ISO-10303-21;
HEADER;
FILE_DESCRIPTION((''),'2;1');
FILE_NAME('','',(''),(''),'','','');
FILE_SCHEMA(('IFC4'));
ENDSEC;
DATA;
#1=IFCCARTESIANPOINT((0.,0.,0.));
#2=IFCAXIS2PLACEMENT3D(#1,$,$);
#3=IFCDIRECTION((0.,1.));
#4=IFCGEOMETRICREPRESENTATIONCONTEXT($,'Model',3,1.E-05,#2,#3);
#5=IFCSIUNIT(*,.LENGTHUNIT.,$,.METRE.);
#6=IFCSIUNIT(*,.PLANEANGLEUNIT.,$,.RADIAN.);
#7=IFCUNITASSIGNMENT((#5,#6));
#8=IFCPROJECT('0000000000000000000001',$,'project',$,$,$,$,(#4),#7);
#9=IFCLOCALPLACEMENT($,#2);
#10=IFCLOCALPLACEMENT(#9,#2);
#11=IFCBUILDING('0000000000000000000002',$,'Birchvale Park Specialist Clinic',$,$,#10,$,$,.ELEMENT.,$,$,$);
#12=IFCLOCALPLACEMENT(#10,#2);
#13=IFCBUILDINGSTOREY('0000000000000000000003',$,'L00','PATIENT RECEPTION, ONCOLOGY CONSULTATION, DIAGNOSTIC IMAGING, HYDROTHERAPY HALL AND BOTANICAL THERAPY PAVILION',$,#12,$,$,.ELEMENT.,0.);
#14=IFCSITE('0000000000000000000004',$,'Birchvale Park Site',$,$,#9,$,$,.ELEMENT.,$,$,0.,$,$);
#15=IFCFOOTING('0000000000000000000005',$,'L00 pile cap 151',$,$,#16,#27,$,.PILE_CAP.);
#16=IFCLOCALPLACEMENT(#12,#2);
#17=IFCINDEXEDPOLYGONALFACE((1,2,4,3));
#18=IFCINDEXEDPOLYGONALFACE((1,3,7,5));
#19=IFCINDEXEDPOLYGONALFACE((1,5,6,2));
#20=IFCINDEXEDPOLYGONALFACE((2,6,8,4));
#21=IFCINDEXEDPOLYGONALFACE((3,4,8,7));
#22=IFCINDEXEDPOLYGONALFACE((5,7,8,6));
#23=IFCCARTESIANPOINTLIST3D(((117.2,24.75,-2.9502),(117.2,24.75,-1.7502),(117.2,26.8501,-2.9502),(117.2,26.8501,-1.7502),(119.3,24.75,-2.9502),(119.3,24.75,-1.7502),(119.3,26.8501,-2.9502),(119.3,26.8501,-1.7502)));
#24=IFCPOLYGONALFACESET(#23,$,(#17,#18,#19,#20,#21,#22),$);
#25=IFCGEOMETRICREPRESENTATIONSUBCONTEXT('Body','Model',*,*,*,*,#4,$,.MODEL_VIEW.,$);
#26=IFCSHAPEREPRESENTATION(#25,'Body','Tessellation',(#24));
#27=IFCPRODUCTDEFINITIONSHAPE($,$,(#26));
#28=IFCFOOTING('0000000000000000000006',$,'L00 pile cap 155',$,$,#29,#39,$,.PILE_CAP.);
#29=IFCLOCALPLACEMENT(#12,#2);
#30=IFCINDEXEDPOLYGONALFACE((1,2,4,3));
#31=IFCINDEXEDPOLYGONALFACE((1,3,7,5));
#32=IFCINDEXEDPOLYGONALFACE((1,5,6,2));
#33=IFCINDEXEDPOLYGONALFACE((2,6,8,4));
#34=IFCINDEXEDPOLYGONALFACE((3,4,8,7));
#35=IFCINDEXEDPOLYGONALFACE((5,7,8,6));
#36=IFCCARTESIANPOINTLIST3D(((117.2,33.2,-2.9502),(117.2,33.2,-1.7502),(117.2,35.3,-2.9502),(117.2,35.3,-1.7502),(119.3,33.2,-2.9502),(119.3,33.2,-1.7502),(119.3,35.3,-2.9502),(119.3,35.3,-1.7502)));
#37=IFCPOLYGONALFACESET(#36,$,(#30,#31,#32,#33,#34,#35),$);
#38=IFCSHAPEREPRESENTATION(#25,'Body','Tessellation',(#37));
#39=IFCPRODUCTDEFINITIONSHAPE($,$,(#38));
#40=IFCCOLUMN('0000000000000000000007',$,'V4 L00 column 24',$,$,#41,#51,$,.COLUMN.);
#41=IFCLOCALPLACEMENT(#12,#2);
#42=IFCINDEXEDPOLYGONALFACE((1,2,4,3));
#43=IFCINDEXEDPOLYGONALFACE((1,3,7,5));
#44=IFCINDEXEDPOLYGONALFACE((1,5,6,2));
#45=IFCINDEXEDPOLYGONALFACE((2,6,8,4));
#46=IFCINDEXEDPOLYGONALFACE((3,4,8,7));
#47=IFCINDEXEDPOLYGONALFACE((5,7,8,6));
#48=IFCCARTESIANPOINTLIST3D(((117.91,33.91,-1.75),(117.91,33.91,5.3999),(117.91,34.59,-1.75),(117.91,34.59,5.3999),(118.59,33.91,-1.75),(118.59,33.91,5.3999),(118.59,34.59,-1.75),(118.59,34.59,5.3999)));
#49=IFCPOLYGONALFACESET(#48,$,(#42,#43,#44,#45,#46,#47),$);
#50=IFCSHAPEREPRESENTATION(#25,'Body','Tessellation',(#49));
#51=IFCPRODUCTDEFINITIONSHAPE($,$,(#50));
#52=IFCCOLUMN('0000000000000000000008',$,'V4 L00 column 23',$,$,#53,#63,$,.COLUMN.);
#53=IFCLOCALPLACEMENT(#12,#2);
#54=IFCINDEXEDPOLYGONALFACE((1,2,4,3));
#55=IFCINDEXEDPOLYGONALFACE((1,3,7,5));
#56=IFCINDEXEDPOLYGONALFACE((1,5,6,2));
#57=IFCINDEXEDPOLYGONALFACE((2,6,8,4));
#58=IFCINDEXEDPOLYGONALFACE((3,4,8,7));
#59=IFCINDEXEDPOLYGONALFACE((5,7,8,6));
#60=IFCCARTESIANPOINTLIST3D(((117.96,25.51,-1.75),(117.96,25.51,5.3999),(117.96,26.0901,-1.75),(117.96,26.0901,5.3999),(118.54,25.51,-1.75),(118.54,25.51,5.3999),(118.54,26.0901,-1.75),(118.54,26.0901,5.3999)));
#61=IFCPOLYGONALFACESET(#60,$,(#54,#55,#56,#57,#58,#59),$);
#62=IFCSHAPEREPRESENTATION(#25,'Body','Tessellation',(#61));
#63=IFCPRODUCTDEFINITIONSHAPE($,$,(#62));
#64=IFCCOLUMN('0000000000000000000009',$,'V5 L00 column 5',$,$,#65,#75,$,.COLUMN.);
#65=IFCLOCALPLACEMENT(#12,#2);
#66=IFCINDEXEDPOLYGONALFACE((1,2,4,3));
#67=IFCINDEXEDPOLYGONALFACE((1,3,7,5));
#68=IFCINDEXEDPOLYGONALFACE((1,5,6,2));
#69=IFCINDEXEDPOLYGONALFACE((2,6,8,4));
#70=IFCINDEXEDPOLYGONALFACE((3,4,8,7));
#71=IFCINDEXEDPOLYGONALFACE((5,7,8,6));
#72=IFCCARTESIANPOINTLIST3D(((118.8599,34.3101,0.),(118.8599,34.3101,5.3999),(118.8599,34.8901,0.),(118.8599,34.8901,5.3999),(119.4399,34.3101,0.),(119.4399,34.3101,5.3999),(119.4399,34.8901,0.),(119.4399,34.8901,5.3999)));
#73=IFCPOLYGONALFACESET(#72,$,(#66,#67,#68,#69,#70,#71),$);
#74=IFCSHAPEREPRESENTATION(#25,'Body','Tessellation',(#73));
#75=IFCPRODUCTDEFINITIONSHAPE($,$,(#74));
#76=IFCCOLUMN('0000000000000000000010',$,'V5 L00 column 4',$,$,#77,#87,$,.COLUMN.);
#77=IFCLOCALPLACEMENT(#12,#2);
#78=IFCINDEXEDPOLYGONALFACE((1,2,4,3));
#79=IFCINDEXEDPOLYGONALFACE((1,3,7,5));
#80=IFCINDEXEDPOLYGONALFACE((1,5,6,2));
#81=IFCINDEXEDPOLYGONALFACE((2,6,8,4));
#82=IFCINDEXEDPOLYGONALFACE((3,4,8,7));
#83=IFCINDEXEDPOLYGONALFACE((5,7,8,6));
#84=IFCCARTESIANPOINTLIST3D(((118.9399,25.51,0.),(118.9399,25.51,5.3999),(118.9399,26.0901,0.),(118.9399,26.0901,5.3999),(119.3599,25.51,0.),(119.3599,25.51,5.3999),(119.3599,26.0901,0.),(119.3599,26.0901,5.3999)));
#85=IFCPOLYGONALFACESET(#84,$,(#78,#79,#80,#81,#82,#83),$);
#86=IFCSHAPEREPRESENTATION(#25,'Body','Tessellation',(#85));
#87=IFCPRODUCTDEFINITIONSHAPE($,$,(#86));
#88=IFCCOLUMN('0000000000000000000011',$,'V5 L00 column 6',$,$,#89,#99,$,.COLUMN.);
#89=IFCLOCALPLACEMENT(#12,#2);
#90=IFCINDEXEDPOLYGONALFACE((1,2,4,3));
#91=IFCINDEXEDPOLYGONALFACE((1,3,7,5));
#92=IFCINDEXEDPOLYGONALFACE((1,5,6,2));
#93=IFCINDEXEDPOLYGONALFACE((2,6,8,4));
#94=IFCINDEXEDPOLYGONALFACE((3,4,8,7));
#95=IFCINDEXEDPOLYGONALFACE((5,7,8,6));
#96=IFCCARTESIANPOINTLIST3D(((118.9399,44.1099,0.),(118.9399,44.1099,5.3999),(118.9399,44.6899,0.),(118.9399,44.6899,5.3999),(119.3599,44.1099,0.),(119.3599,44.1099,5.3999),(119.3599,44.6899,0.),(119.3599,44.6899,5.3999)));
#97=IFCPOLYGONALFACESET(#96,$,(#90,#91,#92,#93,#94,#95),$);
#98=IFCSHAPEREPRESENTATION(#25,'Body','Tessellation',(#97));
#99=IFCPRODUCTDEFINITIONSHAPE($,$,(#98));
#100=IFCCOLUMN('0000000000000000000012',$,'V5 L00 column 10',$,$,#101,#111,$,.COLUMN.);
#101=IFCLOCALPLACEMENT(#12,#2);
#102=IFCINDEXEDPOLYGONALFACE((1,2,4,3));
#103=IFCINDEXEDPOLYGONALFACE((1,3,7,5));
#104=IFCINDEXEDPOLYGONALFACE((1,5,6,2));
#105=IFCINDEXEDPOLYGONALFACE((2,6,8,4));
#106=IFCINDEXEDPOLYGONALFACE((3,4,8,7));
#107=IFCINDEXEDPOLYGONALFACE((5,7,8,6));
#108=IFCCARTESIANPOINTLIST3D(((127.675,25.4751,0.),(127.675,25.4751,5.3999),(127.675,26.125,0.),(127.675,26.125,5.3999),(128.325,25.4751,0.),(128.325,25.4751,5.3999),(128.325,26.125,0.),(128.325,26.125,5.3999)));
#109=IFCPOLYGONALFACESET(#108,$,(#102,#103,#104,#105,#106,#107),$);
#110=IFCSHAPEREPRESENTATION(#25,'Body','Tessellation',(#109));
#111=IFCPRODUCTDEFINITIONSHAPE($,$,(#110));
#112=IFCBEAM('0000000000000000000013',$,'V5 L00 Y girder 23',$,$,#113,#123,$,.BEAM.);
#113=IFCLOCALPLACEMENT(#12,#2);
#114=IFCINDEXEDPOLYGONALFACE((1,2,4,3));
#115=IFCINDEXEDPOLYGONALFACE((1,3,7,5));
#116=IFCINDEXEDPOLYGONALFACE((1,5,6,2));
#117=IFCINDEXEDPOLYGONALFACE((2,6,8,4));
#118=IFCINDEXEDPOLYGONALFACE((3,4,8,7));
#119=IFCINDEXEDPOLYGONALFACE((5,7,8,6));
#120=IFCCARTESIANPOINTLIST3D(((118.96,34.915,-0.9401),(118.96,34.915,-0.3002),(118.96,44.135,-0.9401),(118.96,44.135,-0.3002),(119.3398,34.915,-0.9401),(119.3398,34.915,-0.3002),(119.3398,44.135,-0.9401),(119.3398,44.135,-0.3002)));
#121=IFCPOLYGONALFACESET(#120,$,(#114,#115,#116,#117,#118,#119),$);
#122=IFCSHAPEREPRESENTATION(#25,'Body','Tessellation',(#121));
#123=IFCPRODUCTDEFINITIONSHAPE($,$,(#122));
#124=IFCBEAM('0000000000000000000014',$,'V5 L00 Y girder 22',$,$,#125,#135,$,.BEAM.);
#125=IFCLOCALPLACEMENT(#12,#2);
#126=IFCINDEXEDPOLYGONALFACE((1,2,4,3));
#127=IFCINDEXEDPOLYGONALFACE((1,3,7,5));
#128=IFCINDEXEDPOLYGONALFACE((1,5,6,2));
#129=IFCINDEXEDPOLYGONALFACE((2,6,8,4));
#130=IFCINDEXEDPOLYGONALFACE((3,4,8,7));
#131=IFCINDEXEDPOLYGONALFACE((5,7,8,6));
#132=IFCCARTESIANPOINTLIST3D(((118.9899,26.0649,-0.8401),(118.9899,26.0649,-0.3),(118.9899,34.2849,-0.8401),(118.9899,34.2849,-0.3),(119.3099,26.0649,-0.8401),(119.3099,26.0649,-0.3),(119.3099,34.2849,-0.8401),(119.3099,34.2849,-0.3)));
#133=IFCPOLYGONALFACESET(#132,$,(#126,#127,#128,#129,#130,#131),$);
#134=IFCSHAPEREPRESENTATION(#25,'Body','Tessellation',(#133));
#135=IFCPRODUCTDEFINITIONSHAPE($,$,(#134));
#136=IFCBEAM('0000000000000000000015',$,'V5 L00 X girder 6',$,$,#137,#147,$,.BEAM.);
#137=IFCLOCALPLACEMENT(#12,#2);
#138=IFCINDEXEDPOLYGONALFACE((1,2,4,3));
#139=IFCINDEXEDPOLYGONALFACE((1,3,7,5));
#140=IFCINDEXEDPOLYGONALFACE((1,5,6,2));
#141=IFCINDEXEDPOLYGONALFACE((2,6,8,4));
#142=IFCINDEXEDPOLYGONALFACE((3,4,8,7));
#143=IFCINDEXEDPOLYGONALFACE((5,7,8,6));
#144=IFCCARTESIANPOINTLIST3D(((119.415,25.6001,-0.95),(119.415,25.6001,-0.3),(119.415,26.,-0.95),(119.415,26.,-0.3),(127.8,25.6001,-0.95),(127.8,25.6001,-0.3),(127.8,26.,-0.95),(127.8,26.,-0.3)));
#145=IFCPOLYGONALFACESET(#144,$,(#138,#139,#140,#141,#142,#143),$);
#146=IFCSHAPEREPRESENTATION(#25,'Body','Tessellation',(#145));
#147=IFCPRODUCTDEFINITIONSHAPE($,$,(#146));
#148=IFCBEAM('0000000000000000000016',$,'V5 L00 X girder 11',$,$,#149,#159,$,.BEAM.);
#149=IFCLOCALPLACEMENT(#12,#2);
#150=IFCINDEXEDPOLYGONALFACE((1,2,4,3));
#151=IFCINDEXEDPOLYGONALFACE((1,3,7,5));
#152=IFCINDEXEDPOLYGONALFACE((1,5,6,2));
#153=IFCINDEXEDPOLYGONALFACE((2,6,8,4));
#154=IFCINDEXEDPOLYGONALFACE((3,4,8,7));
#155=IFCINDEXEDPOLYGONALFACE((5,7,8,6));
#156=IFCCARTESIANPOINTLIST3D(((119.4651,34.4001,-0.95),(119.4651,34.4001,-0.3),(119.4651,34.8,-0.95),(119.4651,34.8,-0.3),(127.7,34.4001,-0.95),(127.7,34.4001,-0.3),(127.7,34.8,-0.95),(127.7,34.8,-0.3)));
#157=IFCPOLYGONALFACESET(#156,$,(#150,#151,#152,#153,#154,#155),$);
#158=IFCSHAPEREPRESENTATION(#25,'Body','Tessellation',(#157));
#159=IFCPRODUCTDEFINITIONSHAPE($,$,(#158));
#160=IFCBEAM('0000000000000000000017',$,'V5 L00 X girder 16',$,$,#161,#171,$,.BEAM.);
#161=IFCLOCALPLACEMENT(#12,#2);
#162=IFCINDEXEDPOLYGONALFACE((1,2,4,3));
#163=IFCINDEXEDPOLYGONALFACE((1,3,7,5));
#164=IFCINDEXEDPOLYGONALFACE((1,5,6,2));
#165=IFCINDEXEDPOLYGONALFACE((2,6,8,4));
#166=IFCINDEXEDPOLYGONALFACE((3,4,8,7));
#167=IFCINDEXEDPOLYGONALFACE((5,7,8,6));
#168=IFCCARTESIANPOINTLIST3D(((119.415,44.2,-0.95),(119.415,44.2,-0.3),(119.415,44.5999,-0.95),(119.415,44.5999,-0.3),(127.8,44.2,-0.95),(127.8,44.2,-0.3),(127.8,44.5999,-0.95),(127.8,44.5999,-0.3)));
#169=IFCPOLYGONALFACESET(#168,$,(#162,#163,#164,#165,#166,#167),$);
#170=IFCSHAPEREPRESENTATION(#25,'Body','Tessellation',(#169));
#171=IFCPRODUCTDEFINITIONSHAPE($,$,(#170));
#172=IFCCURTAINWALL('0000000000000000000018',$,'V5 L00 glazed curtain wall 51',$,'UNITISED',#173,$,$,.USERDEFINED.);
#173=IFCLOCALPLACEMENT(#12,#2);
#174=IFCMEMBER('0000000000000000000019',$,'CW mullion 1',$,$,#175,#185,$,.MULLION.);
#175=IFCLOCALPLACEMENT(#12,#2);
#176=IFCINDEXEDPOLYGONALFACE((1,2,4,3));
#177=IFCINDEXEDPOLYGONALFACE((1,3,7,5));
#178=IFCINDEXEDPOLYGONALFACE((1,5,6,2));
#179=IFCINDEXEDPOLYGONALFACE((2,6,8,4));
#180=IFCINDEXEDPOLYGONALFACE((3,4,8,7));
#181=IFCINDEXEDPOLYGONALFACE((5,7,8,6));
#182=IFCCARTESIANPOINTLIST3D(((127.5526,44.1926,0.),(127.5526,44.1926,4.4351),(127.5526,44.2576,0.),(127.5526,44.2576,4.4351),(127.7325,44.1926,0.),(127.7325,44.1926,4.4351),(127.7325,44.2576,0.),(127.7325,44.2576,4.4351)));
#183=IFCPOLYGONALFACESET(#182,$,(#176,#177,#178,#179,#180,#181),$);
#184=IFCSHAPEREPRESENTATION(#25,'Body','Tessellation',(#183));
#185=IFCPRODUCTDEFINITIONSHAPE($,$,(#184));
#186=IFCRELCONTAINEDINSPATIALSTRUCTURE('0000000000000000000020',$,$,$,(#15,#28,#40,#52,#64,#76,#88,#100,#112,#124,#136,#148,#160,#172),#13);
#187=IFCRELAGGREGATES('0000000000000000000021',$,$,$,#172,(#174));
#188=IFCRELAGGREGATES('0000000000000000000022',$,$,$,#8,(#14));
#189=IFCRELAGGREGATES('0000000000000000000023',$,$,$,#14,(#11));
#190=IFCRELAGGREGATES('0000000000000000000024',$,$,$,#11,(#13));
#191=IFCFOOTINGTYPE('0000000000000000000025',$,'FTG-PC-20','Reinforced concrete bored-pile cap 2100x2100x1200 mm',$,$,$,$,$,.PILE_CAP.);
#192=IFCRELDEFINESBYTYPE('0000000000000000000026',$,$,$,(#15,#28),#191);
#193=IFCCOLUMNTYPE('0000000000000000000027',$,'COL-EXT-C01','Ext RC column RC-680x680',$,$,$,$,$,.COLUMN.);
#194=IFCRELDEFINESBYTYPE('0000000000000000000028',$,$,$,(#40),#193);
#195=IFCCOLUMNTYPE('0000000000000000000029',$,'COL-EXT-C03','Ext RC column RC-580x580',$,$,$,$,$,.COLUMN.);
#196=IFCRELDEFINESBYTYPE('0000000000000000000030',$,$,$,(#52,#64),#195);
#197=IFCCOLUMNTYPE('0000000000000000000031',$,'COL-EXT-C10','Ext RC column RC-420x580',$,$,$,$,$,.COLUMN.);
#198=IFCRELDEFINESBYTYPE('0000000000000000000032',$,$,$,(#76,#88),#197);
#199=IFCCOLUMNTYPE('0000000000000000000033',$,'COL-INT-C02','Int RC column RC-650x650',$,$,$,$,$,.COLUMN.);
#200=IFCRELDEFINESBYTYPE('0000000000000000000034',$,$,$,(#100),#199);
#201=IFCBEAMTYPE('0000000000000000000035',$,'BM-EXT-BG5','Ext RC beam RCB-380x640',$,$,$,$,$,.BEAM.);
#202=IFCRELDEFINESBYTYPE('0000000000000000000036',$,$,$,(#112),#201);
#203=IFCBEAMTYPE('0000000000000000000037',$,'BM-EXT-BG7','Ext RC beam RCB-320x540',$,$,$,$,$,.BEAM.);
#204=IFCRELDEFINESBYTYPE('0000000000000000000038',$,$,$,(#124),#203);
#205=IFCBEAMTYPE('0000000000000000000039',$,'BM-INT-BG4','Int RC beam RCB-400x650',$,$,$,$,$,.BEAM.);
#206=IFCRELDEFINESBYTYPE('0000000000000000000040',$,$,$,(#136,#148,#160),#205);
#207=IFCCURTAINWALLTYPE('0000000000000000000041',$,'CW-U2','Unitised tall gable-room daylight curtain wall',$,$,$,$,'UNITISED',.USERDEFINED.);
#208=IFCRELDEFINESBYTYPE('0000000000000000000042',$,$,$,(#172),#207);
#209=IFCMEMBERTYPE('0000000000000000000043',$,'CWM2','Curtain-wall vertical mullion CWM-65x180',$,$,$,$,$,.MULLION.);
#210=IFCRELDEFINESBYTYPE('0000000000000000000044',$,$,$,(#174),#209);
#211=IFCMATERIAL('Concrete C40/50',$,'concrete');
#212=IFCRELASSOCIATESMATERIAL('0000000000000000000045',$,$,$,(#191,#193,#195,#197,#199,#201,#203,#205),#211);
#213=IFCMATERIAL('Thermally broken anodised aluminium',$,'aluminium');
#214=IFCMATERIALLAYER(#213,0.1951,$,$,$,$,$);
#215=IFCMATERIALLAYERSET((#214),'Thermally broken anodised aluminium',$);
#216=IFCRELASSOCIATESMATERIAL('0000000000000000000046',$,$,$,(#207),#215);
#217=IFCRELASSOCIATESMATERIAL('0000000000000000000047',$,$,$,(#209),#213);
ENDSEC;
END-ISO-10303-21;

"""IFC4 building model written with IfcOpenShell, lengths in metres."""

from ifc_helpers import new_model, si_unit, direction, frame, origin, origin_2d, place, context, subcontext, project, spatial, rectangle, extrude, material, layer, layer_set, material_profile, profile_set, type_object, element, aggregate, save


model = new_model("IFC4")

# Units and contexts
model_context = context("Model", 3, precision=1e-05, world=origin(), true_north=direction((0.0, 1.0)))
body_context = subcontext(model_context, "Body", "Model", "MODEL_VIEW")
ifc_project = project(units=[si_unit("LENGTHUNIT", "METRE"), si_unit("PLANEANGLEUNIT", "RADIAN")], contexts=[model_context])

# Site, building, storey
site_placement = place(None, origin())
site = spatial("IfcSite", under=ifc_project, at=site_placement, Name="Birchvale Park Site", CompositionType="ELEMENT", RefElevation=0.0)
building_placement = place(site_placement, origin())
building = spatial("IfcBuilding", under=site, at=building_placement, Name="Birchvale Park Specialist Clinic", CompositionType="ELEMENT")
storey_placement = place(building_placement, origin())
storey = spatial("IfcBuildingStorey", under=building, at=storey_placement, Name="L00", Description="PATIENT RECEPTION, ONCOLOGY CONSULTATION, DIAGNOSTIC IMAGING, HYDROTHERAPY HALL AND BOTANICAL THERAPY PAVILION", CompositionType="ELEMENT", Elevation=0.0)

# Footings
ifc_material_1 = material(Name="Concrete C40/50", Category="concrete")
footing_type = type_object("IfcFootingType", Name="FTG-PC-20", Description="Reinforced concrete bored-pile cap 2100x2100x1200 mm", PredefinedType="PILE_CAP", material=ifc_material_1)
for number, where, z_axis, x_axis, name in (
    (1, (118.25, 25.8, -2.9502), (0.0, 0.0, 1.0), (1.0, 0.0, 0.0), "L00 pile cap 151"),
    (2, (118.25, 34.25, -2.9502), (0.0, 0.0, 1.0), (1.0, 0.0, 0.0), "L00 pile cap 155"),
):
    element("IfcFooting", number, at=place(storey_placement, frame(where, z_axis=z_axis, x_axis=x_axis)), inside=storey, type_object=footing_type, Name=name, PredefinedType="PILE_CAP", context=body_context, shape_type="SweptSolid", body=[
        extrude(rectangle(XDim=2.1001, YDim=2.1001, at=origin_2d()), origin(), (0.0, 0.0, 1.0), 1.2),
    ])

# Columns
ifc_material_profile_1 = material_profile(ifc_material_1, rectangle(XDim=0.6799, YDim=0.6799, at=origin_2d()), Name="RC-680x680")
ifc_profile_set_1 = profile_set([ifc_material_profile_1], Name="Concrete C40/50")
column_type_1 = type_object("IfcColumnType", Name="COL-EXT-C01", Description="Ext RC column RC-680x680", PredefinedType="COLUMN", material=ifc_profile_set_1)
column_1_placement = place(storey_placement, frame((118.25, 34.25, -1.75), z_axis=(0.0, 0.0, 1.0), x_axis=(1.0, 0.0, 0.0)))
element("IfcColumn", 3, at=column_1_placement, inside=storey, type_object=column_type_1, Name="V4 L00 column 24", PredefinedType="COLUMN", context=body_context, shape_type="SweptSolid", body=[
    extrude(rectangle(XDim=0.6799, YDim=0.6799, at=origin_2d()), origin(), (0.0, 0.0, 1.0), 7.1499),
])
ifc_material_profile_2 = material_profile(ifc_material_1, rectangle(XDim=0.5801, YDim=0.5801, at=origin_2d()), Name="RC-580x580")
ifc_profile_set_2 = profile_set([ifc_material_profile_2], Name="Concrete C40/50")
column_type_2 = type_object("IfcColumnType", Name="COL-EXT-C03", Description="Ext RC column RC-580x580", PredefinedType="COLUMN", material=ifc_profile_set_2)
column_2_placement = place(storey_placement, frame((118.25, 25.8, -1.75), z_axis=(0.0, 0.0, 1.0), x_axis=(1.0, 0.0, 0.0)))
element("IfcColumn", 4, at=column_2_placement, inside=storey, type_object=column_type_2, Name="V4 L00 column 23", PredefinedType="COLUMN", context=body_context, shape_type="SweptSolid", body=[
    extrude(rectangle(XDim=0.5801, YDim=0.5801, at=origin_2d()), origin(), (0.0, 0.0, 1.0), 7.1499),
])
column_3_placement = place(storey_placement, frame((119.1499, 34.6001, 0.0), z_axis=(0.0, 0.0, 1.0), x_axis=(1.0, 0.0, 0.0)))
element("IfcColumn", 5, at=column_3_placement, inside=storey, type_object=column_type_2, Name="V5 L00 column 5", PredefinedType="COLUMN", context=body_context, shape_type="SweptSolid", body=[
    extrude(rectangle(XDim=0.5801, YDim=0.5801, at=origin_2d()), origin(), (0.0, 0.0, 1.0), 5.3999),
])
ifc_material_profile_3 = material_profile(ifc_material_1, rectangle(XDim=0.4199, YDim=0.5801, at=origin_2d()), Name="RC-420x580")
ifc_profile_set_3 = profile_set([ifc_material_profile_3], Name="Concrete C40/50")
column_type_3 = type_object("IfcColumnType", Name="COL-EXT-C10", Description="Ext RC column RC-420x580", PredefinedType="COLUMN", material=ifc_profile_set_3)
for number, where, z_axis, x_axis, name in (
    (6, (119.1499, 25.8, 0.0), (0.0, 0.0, 1.0), (1.0, 0.0, 0.0), "V5 L00 column 4"),
    (7, (119.1499, 44.3999, 0.0), (0.0, 0.0, 1.0), (1.0, 0.0, 0.0), "V5 L00 column 6"),
):
    element("IfcColumn", number, at=place(storey_placement, frame(where, z_axis=z_axis, x_axis=x_axis)), inside=storey, type_object=column_type_3, Name=name, PredefinedType="COLUMN", context=body_context, shape_type="SweptSolid", body=[
        extrude(rectangle(XDim=0.4199, YDim=0.5801, at=origin_2d()), origin(), (0.0, 0.0, 1.0), 5.3999),
    ])
ifc_material_profile_4 = material_profile(ifc_material_1, rectangle(XDim=0.6499, YDim=0.6499, at=origin_2d()), Name="RC-650x650")
ifc_profile_set_4 = profile_set([ifc_material_profile_4], Name="Concrete C40/50")
column_type_4 = type_object("IfcColumnType", Name="COL-INT-C02", Description="Int RC column RC-650x650", PredefinedType="COLUMN", material=ifc_profile_set_4)
column_4_placement = place(storey_placement, frame((128.0, 25.8, 0.0), z_axis=(0.0, 0.0, 1.0), x_axis=(1.0, 0.0, 0.0)))
element("IfcColumn", 8, at=column_4_placement, inside=storey, type_object=column_type_4, Name="V5 L00 column 10", PredefinedType="COLUMN", context=body_context, shape_type="SweptSolid", body=[
    extrude(rectangle(XDim=0.6499, YDim=0.6499, at=origin_2d()), origin(), (0.0, 0.0, 1.0), 5.3999),
])

# Beams
ifc_material_profile_5 = material_profile(ifc_material_1, rectangle(XDim=0.3799, YDim=0.6399, at=origin_2d()), Name="RCB-380x640")
ifc_profile_set_5 = profile_set([ifc_material_profile_5], Name="Concrete C40/50")
beam_type_1 = type_object("IfcBeamType", Name="BM-EXT-BG5", Description="Ext RC beam RCB-380x640", PredefinedType="BEAM", material=ifc_profile_set_5)
beam_1_placement = place(storey_placement, frame((119.1499, 34.915, -0.6201), z_axis=(0.0, 1.0, 0.0), x_axis=(-1.0, 0.0, 0.0)))
element("IfcBeam", 9, at=beam_1_placement, inside=storey, type_object=beam_type_1, Name="V5 L00 Y girder 23", PredefinedType="BEAM", context=body_context, shape_type="SweptSolid", body=[
    extrude(rectangle(XDim=0.3799, YDim=0.6399, at=origin_2d()), origin(), (0.0, 0.0, 1.0), 9.22),
])
ifc_material_profile_6 = material_profile(ifc_material_1, rectangle(XDim=0.3201, YDim=0.54, at=origin_2d()), Name="RCB-320x540")
ifc_profile_set_6 = profile_set([ifc_material_profile_6], Name="Concrete C40/50")
beam_type_2 = type_object("IfcBeamType", Name="BM-EXT-BG7", Description="Ext RC beam RCB-320x540", PredefinedType="BEAM", material=ifc_profile_set_6)
beam_2_placement = place(storey_placement, frame((119.1499, 26.0649, -0.5701), z_axis=(0.0, 1.0, 0.0), x_axis=(-1.0, 0.0, 0.0)))
element("IfcBeam", 10, at=beam_2_placement, inside=storey, type_object=beam_type_2, Name="V5 L00 Y girder 22", PredefinedType="BEAM", context=body_context, shape_type="SweptSolid", body=[
    extrude(rectangle(XDim=0.3201, YDim=0.54, at=origin_2d()), origin(), (0.0, 0.0, 1.0), 8.22),
])
ifc_material_profile_7 = material_profile(ifc_material_1, rectangle(XDim=0.3999, YDim=0.6499, at=origin_2d()), Name="RCB-400x650")
ifc_profile_set_7 = profile_set([ifc_material_profile_7], Name="Concrete C40/50")
beam_type_3 = type_object("IfcBeamType", Name="BM-INT-BG4", Description="Int RC beam RCB-400x650", PredefinedType="BEAM", material=ifc_profile_set_7)
beam_3_placement = place(storey_placement, frame((119.415, 25.8, -0.625), z_axis=(1.0, 0.0, 0.0), x_axis=(0.0, 1.0, 0.0)))
element("IfcBeam", 11, at=beam_3_placement, inside=storey, type_object=beam_type_3, Name="V5 L00 X girder 6", PredefinedType="BEAM", context=body_context, shape_type="SweptSolid", body=[
    extrude(rectangle(XDim=0.3999, YDim=0.6499, at=origin_2d()), origin(), (0.0, 0.0, 1.0), 8.385),
])
beam_4_placement = place(storey_placement, frame((119.4651, 34.6001, -0.625), z_axis=(1.0, 0.0, 0.0), x_axis=(0.0, 1.0, 0.0)))
element("IfcBeam", 12, at=beam_4_placement, inside=storey, type_object=beam_type_3, Name="V5 L00 X girder 11", PredefinedType="BEAM", context=body_context, shape_type="SweptSolid", body=[
    extrude(rectangle(XDim=0.3999, YDim=0.6499, at=origin_2d()), origin(), (0.0, 0.0, 1.0), 8.2349),
])
beam_5_placement = place(storey_placement, frame((119.415, 44.3999, -0.625), z_axis=(1.0, 0.0, 0.0), x_axis=(0.0, 1.0, 0.0)))
element("IfcBeam", 13, at=beam_5_placement, inside=storey, type_object=beam_type_3, Name="V5 L00 X girder 16", PredefinedType="BEAM", context=body_context, shape_type="SweptSolid", body=[
    extrude(rectangle(XDim=0.3999, YDim=0.6499, at=origin_2d()), origin(), (0.0, 0.0, 1.0), 8.385),
])

# Curtain wall, member
ifc_material_2 = material(Name="Thermally broken anodised aluminium", Category="aluminium")
ifc_layer_1 = layer(ifc_material_2, 0.1951)
ifc_layer_set_1 = layer_set([ifc_layer_1], Name="Thermally broken anodised aluminium")
curtain_wall_type = type_object("IfcCurtainWallType", Name="CW-U2", Description="Unitised tall gable-room daylight curtain wall", ElementType="UNITISED", PredefinedType="USERDEFINED", material=ifc_layer_set_1)
curtain_wall_placement = place(storey_placement, origin())
curtain_wall = element("IfcCurtainWall", 14, at=curtain_wall_placement, inside=storey, type_object=curtain_wall_type, Name="V5 L00 glazed curtain wall 51", ObjectType="UNITISED", PredefinedType="USERDEFINED")
ifc_material_profile_8 = material_profile(ifc_material_2, rectangle(XDim=0.0649, YDim=0.1799, at=origin_2d()), Name="CWM-65x180")
ifc_profile_set_8 = profile_set([ifc_material_profile_8], Name="Thermally broken anodised aluminium")
member_type_1 = type_object("IfcMemberType", Name="CWM2", Description="Curtain-wall vertical mullion CWM-65x180", PredefinedType="MULLION", material=ifc_profile_set_8)
member_1_placement = place(storey_placement, frame((127.6426, 44.2251, 0.0), z_axis=(0.0, 0.0, 1.0), x_axis=(0.0, -1.0, 0.0)))
member_1 = element("IfcMember", 15, at=member_1_placement, type_object=member_type_1, Name="CW mullion 1", PredefinedType="MULLION", context=body_context, shape_type="SweptSolid", body=[
    extrude(rectangle(XDim=0.0649, YDim=0.1799, at=origin_2d()), origin(), (0.0, 0.0, 1.0), 4.4351),
])

aggregate(curtain_wall, [member_1])

save(model, "model.ifc")
